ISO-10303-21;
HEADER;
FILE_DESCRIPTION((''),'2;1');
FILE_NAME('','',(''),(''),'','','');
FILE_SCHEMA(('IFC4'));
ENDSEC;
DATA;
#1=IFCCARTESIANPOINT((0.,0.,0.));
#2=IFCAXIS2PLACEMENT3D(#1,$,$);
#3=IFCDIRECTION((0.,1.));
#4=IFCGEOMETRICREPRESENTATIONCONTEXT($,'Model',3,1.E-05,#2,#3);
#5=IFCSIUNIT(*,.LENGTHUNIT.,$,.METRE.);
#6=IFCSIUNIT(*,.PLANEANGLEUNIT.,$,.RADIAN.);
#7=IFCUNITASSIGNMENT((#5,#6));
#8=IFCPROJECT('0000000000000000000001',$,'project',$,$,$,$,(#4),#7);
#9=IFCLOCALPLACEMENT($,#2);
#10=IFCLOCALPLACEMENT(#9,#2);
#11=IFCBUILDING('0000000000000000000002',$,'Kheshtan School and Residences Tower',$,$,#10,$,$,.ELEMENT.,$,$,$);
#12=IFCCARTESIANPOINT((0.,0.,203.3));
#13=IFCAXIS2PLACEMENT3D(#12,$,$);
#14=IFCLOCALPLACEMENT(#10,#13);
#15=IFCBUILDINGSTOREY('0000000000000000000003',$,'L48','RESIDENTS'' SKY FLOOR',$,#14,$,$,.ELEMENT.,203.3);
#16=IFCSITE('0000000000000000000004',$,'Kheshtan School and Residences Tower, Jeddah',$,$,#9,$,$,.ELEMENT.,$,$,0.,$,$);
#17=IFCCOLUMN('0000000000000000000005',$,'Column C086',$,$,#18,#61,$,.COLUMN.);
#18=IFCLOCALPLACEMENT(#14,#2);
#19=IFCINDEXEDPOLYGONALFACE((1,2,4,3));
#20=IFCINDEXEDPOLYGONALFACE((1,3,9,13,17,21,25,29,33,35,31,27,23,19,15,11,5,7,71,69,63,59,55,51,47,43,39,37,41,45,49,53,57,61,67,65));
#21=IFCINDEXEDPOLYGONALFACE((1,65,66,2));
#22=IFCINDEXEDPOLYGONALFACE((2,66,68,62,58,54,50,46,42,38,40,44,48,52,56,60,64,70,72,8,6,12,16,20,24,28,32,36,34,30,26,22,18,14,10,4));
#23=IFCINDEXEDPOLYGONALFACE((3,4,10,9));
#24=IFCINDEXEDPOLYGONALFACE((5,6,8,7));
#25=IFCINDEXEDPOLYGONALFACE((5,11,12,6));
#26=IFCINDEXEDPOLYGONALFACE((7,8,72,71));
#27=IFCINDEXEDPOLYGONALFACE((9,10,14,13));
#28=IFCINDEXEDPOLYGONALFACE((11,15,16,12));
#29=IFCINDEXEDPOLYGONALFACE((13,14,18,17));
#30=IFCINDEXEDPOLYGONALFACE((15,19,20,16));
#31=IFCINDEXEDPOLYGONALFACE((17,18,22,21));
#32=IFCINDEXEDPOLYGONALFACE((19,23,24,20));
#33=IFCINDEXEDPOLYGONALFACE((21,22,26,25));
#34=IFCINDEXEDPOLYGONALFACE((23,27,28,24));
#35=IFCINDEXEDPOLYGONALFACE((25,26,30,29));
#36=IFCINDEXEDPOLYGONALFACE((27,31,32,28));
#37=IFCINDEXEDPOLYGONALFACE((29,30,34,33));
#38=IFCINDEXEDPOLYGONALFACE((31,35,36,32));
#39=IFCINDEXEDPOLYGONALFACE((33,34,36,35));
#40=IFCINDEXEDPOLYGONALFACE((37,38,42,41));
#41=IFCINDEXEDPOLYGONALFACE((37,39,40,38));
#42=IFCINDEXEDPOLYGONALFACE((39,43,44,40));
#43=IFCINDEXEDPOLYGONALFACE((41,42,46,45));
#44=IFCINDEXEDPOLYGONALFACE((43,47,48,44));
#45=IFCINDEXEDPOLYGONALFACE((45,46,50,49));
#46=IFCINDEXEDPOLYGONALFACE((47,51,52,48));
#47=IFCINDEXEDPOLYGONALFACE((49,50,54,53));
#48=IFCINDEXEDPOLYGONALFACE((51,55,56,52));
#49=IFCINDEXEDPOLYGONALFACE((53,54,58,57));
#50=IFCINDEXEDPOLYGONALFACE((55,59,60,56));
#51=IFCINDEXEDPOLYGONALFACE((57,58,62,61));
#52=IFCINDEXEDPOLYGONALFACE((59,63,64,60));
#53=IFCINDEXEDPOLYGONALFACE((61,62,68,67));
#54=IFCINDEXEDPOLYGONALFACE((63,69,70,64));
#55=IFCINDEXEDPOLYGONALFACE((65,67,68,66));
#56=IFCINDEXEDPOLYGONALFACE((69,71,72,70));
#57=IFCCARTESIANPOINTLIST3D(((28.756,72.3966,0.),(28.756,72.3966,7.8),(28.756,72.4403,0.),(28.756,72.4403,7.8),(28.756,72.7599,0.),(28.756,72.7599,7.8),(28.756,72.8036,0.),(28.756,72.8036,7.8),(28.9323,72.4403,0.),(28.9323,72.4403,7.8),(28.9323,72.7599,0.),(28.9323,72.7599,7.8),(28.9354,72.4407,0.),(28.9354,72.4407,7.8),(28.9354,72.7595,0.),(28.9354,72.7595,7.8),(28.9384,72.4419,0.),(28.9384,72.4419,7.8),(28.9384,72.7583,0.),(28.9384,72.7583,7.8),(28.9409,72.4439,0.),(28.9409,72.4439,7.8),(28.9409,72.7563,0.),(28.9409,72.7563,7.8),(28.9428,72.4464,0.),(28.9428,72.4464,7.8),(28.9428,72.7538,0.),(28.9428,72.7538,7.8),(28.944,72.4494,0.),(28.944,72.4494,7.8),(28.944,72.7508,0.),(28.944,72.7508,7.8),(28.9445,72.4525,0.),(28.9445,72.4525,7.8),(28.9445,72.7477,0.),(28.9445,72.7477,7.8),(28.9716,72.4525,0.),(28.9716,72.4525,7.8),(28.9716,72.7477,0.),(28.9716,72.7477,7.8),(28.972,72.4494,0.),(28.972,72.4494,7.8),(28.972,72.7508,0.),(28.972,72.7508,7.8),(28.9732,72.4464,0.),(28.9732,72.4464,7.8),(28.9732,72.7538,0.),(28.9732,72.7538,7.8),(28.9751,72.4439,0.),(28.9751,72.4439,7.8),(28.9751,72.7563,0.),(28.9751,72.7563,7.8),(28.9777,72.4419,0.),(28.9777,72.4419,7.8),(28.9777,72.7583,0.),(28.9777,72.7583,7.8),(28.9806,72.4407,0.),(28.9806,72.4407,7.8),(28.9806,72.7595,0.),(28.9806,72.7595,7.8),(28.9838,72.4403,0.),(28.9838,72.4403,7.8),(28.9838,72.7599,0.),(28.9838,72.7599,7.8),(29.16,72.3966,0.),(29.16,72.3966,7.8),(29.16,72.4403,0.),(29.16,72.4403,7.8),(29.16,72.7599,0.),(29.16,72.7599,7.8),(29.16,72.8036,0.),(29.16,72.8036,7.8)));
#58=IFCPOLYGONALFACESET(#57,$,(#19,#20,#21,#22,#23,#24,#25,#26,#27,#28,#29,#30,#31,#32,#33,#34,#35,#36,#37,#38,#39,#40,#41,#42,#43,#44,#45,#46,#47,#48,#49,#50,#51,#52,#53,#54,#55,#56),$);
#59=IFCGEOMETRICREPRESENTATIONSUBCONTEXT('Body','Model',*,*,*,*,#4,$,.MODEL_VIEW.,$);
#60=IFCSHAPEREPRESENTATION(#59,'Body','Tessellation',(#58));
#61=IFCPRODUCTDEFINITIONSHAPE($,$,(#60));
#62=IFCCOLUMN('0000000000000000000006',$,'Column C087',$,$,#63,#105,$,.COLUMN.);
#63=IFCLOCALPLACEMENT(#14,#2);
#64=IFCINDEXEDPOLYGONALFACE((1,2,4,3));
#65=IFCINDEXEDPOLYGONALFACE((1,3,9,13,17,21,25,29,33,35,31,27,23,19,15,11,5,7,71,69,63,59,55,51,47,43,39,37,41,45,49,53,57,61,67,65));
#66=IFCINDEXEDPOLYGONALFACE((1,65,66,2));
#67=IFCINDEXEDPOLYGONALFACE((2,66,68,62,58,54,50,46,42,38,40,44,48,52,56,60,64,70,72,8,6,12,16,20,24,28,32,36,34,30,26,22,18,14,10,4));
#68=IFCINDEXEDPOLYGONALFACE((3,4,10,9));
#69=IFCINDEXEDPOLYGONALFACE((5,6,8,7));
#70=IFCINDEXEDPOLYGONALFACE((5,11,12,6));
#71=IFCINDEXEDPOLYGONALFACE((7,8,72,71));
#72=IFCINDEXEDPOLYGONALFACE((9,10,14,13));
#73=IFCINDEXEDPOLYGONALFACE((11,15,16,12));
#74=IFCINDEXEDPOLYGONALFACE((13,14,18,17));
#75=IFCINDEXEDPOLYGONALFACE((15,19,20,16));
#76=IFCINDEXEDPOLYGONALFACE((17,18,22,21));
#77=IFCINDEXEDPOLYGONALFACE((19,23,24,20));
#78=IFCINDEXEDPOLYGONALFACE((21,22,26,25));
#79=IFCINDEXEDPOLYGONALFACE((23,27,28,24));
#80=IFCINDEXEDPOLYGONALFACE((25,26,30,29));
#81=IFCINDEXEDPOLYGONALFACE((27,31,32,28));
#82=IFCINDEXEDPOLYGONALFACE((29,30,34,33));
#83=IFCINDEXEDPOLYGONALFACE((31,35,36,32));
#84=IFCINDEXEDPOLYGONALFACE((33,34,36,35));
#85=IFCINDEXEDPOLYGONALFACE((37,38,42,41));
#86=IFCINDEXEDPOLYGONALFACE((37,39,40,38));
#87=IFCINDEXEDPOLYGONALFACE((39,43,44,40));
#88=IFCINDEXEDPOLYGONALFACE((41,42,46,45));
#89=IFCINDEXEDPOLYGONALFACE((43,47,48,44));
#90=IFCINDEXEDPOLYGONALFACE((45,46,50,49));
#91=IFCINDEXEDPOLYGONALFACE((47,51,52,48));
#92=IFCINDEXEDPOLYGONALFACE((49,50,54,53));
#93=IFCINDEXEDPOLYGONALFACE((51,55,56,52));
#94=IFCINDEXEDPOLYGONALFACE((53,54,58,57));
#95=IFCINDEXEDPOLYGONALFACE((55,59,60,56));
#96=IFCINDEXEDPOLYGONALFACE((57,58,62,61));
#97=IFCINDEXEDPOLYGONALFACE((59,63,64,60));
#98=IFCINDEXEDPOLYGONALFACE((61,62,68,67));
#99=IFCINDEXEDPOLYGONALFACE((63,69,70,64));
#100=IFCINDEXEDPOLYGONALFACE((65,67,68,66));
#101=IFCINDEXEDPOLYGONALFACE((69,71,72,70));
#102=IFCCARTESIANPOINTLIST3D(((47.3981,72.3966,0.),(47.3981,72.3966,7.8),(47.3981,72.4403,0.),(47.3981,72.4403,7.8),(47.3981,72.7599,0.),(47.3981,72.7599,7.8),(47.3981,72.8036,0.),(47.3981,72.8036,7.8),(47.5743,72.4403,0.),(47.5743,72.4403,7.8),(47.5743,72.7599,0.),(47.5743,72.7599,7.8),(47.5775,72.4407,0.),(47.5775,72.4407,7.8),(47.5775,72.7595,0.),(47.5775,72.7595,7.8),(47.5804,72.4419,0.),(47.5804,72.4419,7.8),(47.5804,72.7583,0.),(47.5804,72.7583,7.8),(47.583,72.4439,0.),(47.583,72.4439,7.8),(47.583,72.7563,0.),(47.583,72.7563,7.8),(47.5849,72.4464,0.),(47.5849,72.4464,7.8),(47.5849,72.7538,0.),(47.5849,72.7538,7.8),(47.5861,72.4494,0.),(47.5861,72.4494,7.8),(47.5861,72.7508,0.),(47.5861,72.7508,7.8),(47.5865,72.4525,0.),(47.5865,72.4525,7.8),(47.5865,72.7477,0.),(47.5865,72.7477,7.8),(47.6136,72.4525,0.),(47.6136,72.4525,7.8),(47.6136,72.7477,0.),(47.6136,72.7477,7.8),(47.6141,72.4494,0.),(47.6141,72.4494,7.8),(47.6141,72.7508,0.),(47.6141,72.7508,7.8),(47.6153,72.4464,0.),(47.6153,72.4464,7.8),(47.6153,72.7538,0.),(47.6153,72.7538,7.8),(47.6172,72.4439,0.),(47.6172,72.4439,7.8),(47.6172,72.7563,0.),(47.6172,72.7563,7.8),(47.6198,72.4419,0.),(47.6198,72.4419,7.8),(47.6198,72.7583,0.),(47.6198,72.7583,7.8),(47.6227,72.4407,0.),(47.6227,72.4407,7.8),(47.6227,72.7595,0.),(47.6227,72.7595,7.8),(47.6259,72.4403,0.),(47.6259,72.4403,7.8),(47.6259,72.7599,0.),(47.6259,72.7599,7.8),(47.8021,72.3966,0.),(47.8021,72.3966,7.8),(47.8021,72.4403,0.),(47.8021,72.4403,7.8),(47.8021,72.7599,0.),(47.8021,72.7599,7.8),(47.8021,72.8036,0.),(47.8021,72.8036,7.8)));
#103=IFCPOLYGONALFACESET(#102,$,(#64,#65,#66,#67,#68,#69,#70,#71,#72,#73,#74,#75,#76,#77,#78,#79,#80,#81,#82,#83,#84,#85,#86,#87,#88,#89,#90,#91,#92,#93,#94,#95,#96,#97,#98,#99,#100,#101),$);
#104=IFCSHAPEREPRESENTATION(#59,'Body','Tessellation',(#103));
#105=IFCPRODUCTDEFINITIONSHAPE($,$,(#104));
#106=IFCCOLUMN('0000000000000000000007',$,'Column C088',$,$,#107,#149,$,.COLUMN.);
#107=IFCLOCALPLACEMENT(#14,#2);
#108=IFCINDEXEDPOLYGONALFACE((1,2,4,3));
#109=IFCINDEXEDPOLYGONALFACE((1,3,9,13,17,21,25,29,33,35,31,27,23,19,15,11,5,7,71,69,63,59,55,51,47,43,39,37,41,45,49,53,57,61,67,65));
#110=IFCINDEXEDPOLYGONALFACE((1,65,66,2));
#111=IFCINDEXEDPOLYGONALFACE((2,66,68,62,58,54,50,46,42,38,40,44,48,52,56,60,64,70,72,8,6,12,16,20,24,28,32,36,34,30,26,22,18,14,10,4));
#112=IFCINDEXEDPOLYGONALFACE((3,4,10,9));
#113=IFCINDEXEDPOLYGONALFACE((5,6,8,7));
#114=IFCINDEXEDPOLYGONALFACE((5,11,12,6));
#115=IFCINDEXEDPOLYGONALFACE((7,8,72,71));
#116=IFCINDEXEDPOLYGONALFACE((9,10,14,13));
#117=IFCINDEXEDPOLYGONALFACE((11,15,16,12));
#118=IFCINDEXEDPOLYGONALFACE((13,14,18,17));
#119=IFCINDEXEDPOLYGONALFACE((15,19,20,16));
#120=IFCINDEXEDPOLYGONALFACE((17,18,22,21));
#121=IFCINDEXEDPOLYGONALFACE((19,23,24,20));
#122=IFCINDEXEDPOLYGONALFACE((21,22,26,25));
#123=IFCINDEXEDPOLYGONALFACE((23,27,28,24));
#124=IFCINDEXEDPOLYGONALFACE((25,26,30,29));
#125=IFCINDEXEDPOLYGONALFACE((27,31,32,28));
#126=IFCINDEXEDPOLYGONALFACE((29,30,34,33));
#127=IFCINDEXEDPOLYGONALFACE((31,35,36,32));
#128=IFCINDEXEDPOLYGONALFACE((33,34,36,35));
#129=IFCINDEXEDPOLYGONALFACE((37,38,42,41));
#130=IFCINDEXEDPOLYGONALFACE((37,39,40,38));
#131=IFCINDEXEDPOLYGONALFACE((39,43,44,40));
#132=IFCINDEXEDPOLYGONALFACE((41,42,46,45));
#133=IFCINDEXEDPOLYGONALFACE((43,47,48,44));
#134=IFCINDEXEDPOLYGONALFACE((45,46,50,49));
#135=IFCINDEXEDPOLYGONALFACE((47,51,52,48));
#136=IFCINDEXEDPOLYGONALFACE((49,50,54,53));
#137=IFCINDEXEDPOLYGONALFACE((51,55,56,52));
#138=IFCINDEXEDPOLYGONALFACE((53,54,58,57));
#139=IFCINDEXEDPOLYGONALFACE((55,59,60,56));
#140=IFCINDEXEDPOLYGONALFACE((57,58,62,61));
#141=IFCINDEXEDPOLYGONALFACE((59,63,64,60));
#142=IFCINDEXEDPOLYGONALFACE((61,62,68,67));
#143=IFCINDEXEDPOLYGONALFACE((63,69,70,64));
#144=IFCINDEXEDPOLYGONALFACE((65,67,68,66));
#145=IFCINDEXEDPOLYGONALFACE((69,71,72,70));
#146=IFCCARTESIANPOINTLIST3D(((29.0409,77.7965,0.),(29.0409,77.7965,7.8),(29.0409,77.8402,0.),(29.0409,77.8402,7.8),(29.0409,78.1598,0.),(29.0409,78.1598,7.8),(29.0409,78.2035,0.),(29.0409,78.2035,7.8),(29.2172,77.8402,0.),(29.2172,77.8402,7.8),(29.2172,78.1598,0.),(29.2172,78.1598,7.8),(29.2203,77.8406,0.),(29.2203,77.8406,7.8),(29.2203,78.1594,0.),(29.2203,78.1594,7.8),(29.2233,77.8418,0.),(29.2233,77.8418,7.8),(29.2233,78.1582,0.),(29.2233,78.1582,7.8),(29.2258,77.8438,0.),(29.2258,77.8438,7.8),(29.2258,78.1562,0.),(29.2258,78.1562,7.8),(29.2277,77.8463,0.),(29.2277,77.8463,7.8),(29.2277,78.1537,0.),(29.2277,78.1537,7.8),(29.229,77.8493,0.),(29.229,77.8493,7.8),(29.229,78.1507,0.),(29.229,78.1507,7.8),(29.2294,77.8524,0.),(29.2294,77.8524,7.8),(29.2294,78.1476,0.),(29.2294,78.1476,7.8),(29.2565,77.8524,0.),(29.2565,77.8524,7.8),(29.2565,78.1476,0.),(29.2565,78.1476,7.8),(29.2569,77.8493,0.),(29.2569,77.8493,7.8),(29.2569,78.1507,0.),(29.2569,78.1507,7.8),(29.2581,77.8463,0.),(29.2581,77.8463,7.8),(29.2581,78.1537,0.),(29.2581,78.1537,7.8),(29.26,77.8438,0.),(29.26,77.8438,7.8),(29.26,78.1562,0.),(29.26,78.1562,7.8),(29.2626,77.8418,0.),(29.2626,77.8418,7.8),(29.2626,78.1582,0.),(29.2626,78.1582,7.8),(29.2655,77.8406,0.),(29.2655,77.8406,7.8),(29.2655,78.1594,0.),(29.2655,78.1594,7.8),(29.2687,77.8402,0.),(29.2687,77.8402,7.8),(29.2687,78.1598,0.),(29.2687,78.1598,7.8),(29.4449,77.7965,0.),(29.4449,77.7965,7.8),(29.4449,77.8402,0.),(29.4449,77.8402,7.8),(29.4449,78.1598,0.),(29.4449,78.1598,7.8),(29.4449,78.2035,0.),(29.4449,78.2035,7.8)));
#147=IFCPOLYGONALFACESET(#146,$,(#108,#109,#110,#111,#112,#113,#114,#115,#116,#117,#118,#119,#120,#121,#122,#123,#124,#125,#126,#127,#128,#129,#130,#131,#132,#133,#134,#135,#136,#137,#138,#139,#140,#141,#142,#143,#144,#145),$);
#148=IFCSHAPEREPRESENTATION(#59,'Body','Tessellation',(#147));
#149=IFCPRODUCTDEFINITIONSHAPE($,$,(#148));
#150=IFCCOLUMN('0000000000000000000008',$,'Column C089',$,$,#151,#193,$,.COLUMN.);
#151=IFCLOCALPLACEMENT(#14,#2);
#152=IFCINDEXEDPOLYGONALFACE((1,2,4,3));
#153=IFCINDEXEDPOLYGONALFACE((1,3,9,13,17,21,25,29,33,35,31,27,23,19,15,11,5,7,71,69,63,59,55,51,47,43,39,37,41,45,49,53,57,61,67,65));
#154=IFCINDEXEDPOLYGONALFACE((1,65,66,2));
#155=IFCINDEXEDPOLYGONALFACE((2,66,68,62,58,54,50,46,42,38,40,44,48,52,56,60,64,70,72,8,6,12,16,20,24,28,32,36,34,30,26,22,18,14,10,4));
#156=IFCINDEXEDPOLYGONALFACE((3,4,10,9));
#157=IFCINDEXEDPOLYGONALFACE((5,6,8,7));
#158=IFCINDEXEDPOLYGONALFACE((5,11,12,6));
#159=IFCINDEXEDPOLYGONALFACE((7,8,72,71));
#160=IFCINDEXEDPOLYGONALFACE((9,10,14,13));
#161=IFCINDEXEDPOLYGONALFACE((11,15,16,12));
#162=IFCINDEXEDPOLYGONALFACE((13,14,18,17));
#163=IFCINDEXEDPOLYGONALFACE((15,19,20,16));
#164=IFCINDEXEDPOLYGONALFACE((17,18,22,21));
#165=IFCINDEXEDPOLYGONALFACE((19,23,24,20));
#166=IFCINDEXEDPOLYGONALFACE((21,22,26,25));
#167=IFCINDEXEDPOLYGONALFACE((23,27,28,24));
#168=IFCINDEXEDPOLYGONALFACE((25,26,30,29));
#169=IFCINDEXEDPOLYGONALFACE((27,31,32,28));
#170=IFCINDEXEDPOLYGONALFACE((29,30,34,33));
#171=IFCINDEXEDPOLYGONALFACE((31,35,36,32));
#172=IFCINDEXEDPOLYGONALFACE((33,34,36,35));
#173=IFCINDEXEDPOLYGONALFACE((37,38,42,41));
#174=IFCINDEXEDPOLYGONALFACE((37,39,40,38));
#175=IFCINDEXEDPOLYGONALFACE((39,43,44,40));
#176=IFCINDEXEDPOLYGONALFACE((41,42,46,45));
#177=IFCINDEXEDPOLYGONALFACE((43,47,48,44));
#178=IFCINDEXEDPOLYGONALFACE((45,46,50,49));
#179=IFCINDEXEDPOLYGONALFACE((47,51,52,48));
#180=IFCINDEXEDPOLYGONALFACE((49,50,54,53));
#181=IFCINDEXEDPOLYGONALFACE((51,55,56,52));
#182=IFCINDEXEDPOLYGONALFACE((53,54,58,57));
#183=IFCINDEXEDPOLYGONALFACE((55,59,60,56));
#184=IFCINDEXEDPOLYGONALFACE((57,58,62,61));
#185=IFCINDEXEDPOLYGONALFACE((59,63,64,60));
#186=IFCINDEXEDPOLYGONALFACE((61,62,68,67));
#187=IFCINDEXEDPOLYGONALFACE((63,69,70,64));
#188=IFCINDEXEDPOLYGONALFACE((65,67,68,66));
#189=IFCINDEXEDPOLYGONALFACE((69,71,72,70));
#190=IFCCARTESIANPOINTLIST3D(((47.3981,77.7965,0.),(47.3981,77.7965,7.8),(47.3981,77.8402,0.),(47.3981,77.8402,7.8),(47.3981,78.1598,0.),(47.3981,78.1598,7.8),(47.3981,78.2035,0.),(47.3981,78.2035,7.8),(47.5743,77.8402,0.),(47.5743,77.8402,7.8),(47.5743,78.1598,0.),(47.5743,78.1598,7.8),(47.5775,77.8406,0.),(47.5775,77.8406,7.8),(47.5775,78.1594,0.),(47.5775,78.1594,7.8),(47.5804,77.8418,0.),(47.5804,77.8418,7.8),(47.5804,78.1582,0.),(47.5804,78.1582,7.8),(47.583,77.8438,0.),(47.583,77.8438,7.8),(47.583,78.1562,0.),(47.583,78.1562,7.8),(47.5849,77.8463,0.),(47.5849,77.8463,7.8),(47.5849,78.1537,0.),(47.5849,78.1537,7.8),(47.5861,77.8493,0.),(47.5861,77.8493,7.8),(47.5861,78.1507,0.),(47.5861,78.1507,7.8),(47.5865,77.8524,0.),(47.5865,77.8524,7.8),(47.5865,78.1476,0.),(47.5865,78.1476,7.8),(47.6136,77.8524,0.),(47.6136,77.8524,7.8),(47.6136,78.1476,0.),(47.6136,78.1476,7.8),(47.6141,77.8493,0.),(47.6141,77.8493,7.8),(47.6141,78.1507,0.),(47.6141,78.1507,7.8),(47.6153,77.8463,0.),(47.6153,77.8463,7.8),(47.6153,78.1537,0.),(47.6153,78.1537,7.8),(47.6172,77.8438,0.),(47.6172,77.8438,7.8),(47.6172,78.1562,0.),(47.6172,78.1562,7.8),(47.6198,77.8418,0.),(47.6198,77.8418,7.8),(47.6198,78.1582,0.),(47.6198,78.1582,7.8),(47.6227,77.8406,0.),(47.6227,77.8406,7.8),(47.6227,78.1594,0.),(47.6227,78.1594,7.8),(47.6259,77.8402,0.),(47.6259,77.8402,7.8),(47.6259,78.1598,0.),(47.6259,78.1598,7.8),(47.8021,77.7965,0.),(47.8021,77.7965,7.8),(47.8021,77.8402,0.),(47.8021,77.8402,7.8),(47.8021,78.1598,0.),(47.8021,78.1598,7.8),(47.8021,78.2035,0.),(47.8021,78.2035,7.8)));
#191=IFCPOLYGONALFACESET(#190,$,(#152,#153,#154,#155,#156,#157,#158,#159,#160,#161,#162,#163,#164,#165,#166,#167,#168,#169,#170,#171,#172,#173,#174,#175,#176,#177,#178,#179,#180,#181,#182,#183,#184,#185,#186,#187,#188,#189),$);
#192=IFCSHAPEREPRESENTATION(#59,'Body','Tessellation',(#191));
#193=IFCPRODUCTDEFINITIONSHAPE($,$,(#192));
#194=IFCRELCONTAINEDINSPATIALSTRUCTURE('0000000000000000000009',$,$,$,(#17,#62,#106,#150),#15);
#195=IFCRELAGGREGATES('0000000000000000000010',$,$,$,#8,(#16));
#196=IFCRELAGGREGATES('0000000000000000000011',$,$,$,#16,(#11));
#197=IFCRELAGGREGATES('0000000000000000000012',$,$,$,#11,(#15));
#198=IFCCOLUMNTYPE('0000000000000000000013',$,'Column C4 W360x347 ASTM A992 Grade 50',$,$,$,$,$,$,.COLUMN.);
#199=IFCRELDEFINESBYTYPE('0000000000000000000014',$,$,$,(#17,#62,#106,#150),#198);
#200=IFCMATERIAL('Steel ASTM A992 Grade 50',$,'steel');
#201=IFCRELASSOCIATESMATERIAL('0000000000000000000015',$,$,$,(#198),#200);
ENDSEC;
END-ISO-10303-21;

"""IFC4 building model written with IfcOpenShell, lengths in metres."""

from ifc_helpers import new_model, si_unit, direction, frame, origin, origin_2d, place, context, subcontext, project, spatial, i_section, extrude, material, material_profile, profile_set, type_object, element, save


model = new_model("IFC4")

# Units and contexts
model_context = context("Model", 3, precision=1e-05, world=origin(), true_north=direction((0.0, 1.0)))
body_context = subcontext(model_context, "Body", "Model", "MODEL_VIEW")
ifc_project = project(units=[si_unit("LENGTHUNIT", "METRE"), si_unit("PLANEANGLEUNIT", "RADIAN")], contexts=[model_context])

# Site, building, storey
site_placement = place(None, origin())
site = spatial("IfcSite", under=ifc_project, at=site_placement, Name="Kheshtan School and Residences Tower, Jeddah", CompositionType="ELEMENT", RefElevation=0.0)
building_placement = place(site_placement, origin())
building = spatial("IfcBuilding", under=site, at=building_placement, Name="Kheshtan School and Residences Tower", CompositionType="ELEMENT")
storey_placement = place(building_placement, frame((0.0, 0.0, 203.3)))
storey = spatial("IfcBuildingStorey", under=building, at=storey_placement, Name="L48", Description="RESIDENTS' SKY FLOOR", CompositionType="ELEMENT", Elevation=203.3)

# Columns
ifc_material_1 = material(Name="Steel ASTM A992 Grade 50", Category="steel")
ifc_material_profile_1 = material_profile(ifc_material_1, i_section(OverallWidth=0.4041, OverallDepth=0.407, WebThickness=0.0271, FlangeThickness=0.0437, FilletRadius=0.0122, at=origin_2d()), Name="W360x347")
ifc_profile_set_1 = profile_set([ifc_material_profile_1], Name="Steel ASTM A992 Grade 50")
column_type = type_object("IfcColumnType", Name="Column C4 W360x347 ASTM A992 Grade 50", PredefinedType="COLUMN", material=ifc_profile_set_1)
for number, where, z_axis, x_axis, name in (
    (1, (28.958, 72.6001, 0.0), (0.0, 0.0, 1.0), (1.0, 0.0, 0.0), "Column C086"),
    (2, (47.6001, 72.6001, 0.0), (0.0, 0.0, 1.0), (1.0, 0.0, 0.0), "Column C087"),
    (3, (29.2429, 78.0, 0.0), (0.0, 0.0, 1.0), (1.0, 0.0, 0.0), "Column C088"),
    (4, (47.6001, 78.0, 0.0), (0.0, 0.0, 1.0), (1.0, 0.0, 0.0), "Column C089"),
):
    element("IfcColumn", number, at=place(storey_placement, frame(where, z_axis=z_axis, x_axis=x_axis)), inside=storey, type_object=column_type, Name=name, PredefinedType="COLUMN", context=body_context, shape_type="SweptSolid", body=[
        extrude(i_section(OverallWidth=0.4041, OverallDepth=0.407, WebThickness=0.0271, FlangeThickness=0.0437, FilletRadius=0.0122, at=origin_2d()), origin(), (0.0, 0.0, 1.0), 7.8),
    ])

save(model, "model.ifc")
